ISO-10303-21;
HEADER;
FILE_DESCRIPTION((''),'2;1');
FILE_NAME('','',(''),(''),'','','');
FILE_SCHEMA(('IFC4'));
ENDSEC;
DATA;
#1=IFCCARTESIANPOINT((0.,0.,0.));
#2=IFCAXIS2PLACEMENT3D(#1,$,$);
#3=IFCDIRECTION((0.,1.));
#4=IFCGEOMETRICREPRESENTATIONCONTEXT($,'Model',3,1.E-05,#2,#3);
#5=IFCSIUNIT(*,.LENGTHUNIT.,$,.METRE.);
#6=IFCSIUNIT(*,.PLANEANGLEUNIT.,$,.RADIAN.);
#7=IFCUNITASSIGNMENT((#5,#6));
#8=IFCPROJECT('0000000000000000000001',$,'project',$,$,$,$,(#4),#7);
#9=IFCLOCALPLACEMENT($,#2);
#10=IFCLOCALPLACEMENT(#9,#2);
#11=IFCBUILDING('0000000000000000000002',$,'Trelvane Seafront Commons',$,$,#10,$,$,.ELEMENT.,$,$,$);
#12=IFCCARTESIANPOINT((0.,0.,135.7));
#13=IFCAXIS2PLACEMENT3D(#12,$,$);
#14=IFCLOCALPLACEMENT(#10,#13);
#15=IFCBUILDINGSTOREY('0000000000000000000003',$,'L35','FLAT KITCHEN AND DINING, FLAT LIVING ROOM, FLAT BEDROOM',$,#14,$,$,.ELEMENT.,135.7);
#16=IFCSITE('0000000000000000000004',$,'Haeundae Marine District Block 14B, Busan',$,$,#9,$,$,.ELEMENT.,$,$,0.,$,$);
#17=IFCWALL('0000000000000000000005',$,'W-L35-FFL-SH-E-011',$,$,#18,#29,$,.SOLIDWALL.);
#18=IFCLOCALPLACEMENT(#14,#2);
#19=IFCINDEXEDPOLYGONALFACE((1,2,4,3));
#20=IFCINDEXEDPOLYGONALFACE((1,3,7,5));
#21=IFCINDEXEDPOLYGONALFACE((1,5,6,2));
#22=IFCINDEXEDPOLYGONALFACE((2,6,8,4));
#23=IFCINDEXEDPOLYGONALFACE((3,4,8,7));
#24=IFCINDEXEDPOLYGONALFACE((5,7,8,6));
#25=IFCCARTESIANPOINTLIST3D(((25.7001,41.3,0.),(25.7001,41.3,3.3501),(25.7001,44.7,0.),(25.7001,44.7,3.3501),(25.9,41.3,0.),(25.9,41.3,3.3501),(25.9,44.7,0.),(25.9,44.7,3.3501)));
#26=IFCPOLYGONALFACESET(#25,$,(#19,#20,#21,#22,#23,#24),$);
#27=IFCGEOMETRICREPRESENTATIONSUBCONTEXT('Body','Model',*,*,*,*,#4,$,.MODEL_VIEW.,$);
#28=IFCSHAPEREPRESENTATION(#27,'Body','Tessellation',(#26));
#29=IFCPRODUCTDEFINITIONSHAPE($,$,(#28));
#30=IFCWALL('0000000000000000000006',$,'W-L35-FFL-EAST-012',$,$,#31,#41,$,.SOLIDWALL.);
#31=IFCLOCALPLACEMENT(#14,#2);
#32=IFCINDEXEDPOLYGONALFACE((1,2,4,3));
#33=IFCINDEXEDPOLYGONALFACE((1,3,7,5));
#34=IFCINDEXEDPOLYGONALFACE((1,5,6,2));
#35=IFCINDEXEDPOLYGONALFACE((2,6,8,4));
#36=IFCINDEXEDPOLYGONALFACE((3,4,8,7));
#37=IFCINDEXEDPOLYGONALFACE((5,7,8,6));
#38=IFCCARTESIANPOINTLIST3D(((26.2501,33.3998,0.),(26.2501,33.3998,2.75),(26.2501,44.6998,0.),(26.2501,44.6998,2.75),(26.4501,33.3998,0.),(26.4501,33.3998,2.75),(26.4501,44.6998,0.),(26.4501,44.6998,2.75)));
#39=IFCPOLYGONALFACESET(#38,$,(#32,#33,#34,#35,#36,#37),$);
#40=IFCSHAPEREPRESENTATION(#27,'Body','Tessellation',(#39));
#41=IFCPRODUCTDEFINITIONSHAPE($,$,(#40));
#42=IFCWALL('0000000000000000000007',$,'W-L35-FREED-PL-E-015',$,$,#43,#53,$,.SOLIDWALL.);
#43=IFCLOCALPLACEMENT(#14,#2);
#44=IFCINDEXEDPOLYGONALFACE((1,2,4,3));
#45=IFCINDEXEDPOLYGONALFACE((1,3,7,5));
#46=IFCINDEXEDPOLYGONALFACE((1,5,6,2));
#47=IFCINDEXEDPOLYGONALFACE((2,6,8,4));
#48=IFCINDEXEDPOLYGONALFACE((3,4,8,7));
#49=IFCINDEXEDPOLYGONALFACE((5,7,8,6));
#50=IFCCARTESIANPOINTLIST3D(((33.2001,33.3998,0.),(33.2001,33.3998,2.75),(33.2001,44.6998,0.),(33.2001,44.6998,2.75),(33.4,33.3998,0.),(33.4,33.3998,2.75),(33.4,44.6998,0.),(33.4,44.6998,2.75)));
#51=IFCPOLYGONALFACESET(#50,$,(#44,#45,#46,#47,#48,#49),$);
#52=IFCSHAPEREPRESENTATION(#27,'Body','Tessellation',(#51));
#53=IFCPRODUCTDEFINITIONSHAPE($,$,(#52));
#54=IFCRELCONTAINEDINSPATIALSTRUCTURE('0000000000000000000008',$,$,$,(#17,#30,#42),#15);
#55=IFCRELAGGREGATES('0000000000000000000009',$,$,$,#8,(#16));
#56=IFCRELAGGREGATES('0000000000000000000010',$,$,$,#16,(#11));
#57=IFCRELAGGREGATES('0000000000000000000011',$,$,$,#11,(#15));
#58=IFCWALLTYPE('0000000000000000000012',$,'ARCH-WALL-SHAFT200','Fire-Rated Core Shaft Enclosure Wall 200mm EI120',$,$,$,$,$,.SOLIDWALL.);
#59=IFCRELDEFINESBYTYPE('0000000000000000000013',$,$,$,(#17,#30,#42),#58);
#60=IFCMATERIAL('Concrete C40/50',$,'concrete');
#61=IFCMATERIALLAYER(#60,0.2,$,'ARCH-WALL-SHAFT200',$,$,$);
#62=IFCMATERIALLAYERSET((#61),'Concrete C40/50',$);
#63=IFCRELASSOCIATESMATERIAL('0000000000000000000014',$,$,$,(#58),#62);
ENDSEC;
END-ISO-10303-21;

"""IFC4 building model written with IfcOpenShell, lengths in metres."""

from ifc_helpers import new_model, si_unit, direction, frame, frame_2d, origin, place, context, subcontext, project, spatial, rectangle, extrude, material, layer, layer_set, type_object, element, save


model = new_model("IFC4")

# Units and contexts
model_context = context("Model", 3, precision=1e-05, world=origin(), true_north=direction((0.0, 1.0)))
body_context = subcontext(model_context, "Body", "Model", "MODEL_VIEW")
ifc_project = project(units=[si_unit("LENGTHUNIT", "METRE"), si_unit("PLANEANGLEUNIT", "RADIAN")], contexts=[model_context])

# Site, building, storey
site_placement = place(None, origin())
site = spatial("IfcSite", under=ifc_project, at=site_placement, Name="Haeundae Marine District Block 14B, Busan", CompositionType="ELEMENT", RefElevation=0.0)
building_placement = place(site_placement, origin())
building = spatial("IfcBuilding", under=site, at=building_placement, Name="Trelvane Seafront Commons", CompositionType="ELEMENT")
storey_placement = place(building_placement, frame((0.0, 0.0, 135.7)))
storey = spatial("IfcBuildingStorey", under=building, at=storey_placement, Name="L35", Description="FLAT KITCHEN AND DINING, FLAT LIVING ROOM, FLAT BEDROOM", CompositionType="ELEMENT", Elevation=135.7)

# Shared definitions
ifc_material_1 = material(Name="Concrete C40/50", Category="concrete")

# Walls
ifc_layer_1 = layer(ifc_material_1, 0.2, Name="ARCH-WALL-SHAFT200")
ifc_layer_set_1 = layer_set([ifc_layer_1], Name="Concrete C40/50")
wall_type_1 = type_object("IfcWallType", Name="ARCH-WALL-SHAFT200", Description="Fire-Rated Core Shaft Enclosure Wall 200mm EI120", PredefinedType="SOLIDWALL", material=ifc_layer_set_1)
wall_1_placement = place(storey_placement, frame((25.8, 41.3, 0.0), z_axis=(0.0, 0.0, 1.0), x_axis=(0.0, 1.0, 0.0)))
element("IfcWall", 1, at=wall_1_placement, inside=storey, type_object=wall_type_1, Name="W-L35-FFL-SH-E-011", PredefinedType="SOLIDWALL", context=body_context, shape_type="SweptSolid", body=[
    extrude(rectangle(XDim=3.3999, YDim=0.2, at=frame_2d((1.7, 0.0))), origin(), (0.0, 0.0, 1.0), 3.3501),
])
for number, where, z_axis, x_axis, name in (
    (2, (26.3501, 33.3999, 0.0), (0.0, 0.0, 1.0), (0.0, 1.0, 0.0), "W-L35-FFL-EAST-012"),
    (3, (33.3, 33.3999, 0.0), (0.0, 0.0, 1.0), (0.0, 1.0, 0.0), "W-L35-FREED-PL-E-015"),
):
    element("IfcWall", number, at=place(storey_placement, frame(where, z_axis=z_axis, x_axis=x_axis)), inside=storey, type_object=wall_type_1, Name=name, PredefinedType="SOLIDWALL", context=body_context, shape_type="SweptSolid", body=[
        extrude(rectangle(XDim=11.3, YDim=0.2, at=frame_2d((5.6499, 0.0))), origin(), (0.0, 0.0, 1.0), 2.75),
    ])

save(model, "model.ifc")
